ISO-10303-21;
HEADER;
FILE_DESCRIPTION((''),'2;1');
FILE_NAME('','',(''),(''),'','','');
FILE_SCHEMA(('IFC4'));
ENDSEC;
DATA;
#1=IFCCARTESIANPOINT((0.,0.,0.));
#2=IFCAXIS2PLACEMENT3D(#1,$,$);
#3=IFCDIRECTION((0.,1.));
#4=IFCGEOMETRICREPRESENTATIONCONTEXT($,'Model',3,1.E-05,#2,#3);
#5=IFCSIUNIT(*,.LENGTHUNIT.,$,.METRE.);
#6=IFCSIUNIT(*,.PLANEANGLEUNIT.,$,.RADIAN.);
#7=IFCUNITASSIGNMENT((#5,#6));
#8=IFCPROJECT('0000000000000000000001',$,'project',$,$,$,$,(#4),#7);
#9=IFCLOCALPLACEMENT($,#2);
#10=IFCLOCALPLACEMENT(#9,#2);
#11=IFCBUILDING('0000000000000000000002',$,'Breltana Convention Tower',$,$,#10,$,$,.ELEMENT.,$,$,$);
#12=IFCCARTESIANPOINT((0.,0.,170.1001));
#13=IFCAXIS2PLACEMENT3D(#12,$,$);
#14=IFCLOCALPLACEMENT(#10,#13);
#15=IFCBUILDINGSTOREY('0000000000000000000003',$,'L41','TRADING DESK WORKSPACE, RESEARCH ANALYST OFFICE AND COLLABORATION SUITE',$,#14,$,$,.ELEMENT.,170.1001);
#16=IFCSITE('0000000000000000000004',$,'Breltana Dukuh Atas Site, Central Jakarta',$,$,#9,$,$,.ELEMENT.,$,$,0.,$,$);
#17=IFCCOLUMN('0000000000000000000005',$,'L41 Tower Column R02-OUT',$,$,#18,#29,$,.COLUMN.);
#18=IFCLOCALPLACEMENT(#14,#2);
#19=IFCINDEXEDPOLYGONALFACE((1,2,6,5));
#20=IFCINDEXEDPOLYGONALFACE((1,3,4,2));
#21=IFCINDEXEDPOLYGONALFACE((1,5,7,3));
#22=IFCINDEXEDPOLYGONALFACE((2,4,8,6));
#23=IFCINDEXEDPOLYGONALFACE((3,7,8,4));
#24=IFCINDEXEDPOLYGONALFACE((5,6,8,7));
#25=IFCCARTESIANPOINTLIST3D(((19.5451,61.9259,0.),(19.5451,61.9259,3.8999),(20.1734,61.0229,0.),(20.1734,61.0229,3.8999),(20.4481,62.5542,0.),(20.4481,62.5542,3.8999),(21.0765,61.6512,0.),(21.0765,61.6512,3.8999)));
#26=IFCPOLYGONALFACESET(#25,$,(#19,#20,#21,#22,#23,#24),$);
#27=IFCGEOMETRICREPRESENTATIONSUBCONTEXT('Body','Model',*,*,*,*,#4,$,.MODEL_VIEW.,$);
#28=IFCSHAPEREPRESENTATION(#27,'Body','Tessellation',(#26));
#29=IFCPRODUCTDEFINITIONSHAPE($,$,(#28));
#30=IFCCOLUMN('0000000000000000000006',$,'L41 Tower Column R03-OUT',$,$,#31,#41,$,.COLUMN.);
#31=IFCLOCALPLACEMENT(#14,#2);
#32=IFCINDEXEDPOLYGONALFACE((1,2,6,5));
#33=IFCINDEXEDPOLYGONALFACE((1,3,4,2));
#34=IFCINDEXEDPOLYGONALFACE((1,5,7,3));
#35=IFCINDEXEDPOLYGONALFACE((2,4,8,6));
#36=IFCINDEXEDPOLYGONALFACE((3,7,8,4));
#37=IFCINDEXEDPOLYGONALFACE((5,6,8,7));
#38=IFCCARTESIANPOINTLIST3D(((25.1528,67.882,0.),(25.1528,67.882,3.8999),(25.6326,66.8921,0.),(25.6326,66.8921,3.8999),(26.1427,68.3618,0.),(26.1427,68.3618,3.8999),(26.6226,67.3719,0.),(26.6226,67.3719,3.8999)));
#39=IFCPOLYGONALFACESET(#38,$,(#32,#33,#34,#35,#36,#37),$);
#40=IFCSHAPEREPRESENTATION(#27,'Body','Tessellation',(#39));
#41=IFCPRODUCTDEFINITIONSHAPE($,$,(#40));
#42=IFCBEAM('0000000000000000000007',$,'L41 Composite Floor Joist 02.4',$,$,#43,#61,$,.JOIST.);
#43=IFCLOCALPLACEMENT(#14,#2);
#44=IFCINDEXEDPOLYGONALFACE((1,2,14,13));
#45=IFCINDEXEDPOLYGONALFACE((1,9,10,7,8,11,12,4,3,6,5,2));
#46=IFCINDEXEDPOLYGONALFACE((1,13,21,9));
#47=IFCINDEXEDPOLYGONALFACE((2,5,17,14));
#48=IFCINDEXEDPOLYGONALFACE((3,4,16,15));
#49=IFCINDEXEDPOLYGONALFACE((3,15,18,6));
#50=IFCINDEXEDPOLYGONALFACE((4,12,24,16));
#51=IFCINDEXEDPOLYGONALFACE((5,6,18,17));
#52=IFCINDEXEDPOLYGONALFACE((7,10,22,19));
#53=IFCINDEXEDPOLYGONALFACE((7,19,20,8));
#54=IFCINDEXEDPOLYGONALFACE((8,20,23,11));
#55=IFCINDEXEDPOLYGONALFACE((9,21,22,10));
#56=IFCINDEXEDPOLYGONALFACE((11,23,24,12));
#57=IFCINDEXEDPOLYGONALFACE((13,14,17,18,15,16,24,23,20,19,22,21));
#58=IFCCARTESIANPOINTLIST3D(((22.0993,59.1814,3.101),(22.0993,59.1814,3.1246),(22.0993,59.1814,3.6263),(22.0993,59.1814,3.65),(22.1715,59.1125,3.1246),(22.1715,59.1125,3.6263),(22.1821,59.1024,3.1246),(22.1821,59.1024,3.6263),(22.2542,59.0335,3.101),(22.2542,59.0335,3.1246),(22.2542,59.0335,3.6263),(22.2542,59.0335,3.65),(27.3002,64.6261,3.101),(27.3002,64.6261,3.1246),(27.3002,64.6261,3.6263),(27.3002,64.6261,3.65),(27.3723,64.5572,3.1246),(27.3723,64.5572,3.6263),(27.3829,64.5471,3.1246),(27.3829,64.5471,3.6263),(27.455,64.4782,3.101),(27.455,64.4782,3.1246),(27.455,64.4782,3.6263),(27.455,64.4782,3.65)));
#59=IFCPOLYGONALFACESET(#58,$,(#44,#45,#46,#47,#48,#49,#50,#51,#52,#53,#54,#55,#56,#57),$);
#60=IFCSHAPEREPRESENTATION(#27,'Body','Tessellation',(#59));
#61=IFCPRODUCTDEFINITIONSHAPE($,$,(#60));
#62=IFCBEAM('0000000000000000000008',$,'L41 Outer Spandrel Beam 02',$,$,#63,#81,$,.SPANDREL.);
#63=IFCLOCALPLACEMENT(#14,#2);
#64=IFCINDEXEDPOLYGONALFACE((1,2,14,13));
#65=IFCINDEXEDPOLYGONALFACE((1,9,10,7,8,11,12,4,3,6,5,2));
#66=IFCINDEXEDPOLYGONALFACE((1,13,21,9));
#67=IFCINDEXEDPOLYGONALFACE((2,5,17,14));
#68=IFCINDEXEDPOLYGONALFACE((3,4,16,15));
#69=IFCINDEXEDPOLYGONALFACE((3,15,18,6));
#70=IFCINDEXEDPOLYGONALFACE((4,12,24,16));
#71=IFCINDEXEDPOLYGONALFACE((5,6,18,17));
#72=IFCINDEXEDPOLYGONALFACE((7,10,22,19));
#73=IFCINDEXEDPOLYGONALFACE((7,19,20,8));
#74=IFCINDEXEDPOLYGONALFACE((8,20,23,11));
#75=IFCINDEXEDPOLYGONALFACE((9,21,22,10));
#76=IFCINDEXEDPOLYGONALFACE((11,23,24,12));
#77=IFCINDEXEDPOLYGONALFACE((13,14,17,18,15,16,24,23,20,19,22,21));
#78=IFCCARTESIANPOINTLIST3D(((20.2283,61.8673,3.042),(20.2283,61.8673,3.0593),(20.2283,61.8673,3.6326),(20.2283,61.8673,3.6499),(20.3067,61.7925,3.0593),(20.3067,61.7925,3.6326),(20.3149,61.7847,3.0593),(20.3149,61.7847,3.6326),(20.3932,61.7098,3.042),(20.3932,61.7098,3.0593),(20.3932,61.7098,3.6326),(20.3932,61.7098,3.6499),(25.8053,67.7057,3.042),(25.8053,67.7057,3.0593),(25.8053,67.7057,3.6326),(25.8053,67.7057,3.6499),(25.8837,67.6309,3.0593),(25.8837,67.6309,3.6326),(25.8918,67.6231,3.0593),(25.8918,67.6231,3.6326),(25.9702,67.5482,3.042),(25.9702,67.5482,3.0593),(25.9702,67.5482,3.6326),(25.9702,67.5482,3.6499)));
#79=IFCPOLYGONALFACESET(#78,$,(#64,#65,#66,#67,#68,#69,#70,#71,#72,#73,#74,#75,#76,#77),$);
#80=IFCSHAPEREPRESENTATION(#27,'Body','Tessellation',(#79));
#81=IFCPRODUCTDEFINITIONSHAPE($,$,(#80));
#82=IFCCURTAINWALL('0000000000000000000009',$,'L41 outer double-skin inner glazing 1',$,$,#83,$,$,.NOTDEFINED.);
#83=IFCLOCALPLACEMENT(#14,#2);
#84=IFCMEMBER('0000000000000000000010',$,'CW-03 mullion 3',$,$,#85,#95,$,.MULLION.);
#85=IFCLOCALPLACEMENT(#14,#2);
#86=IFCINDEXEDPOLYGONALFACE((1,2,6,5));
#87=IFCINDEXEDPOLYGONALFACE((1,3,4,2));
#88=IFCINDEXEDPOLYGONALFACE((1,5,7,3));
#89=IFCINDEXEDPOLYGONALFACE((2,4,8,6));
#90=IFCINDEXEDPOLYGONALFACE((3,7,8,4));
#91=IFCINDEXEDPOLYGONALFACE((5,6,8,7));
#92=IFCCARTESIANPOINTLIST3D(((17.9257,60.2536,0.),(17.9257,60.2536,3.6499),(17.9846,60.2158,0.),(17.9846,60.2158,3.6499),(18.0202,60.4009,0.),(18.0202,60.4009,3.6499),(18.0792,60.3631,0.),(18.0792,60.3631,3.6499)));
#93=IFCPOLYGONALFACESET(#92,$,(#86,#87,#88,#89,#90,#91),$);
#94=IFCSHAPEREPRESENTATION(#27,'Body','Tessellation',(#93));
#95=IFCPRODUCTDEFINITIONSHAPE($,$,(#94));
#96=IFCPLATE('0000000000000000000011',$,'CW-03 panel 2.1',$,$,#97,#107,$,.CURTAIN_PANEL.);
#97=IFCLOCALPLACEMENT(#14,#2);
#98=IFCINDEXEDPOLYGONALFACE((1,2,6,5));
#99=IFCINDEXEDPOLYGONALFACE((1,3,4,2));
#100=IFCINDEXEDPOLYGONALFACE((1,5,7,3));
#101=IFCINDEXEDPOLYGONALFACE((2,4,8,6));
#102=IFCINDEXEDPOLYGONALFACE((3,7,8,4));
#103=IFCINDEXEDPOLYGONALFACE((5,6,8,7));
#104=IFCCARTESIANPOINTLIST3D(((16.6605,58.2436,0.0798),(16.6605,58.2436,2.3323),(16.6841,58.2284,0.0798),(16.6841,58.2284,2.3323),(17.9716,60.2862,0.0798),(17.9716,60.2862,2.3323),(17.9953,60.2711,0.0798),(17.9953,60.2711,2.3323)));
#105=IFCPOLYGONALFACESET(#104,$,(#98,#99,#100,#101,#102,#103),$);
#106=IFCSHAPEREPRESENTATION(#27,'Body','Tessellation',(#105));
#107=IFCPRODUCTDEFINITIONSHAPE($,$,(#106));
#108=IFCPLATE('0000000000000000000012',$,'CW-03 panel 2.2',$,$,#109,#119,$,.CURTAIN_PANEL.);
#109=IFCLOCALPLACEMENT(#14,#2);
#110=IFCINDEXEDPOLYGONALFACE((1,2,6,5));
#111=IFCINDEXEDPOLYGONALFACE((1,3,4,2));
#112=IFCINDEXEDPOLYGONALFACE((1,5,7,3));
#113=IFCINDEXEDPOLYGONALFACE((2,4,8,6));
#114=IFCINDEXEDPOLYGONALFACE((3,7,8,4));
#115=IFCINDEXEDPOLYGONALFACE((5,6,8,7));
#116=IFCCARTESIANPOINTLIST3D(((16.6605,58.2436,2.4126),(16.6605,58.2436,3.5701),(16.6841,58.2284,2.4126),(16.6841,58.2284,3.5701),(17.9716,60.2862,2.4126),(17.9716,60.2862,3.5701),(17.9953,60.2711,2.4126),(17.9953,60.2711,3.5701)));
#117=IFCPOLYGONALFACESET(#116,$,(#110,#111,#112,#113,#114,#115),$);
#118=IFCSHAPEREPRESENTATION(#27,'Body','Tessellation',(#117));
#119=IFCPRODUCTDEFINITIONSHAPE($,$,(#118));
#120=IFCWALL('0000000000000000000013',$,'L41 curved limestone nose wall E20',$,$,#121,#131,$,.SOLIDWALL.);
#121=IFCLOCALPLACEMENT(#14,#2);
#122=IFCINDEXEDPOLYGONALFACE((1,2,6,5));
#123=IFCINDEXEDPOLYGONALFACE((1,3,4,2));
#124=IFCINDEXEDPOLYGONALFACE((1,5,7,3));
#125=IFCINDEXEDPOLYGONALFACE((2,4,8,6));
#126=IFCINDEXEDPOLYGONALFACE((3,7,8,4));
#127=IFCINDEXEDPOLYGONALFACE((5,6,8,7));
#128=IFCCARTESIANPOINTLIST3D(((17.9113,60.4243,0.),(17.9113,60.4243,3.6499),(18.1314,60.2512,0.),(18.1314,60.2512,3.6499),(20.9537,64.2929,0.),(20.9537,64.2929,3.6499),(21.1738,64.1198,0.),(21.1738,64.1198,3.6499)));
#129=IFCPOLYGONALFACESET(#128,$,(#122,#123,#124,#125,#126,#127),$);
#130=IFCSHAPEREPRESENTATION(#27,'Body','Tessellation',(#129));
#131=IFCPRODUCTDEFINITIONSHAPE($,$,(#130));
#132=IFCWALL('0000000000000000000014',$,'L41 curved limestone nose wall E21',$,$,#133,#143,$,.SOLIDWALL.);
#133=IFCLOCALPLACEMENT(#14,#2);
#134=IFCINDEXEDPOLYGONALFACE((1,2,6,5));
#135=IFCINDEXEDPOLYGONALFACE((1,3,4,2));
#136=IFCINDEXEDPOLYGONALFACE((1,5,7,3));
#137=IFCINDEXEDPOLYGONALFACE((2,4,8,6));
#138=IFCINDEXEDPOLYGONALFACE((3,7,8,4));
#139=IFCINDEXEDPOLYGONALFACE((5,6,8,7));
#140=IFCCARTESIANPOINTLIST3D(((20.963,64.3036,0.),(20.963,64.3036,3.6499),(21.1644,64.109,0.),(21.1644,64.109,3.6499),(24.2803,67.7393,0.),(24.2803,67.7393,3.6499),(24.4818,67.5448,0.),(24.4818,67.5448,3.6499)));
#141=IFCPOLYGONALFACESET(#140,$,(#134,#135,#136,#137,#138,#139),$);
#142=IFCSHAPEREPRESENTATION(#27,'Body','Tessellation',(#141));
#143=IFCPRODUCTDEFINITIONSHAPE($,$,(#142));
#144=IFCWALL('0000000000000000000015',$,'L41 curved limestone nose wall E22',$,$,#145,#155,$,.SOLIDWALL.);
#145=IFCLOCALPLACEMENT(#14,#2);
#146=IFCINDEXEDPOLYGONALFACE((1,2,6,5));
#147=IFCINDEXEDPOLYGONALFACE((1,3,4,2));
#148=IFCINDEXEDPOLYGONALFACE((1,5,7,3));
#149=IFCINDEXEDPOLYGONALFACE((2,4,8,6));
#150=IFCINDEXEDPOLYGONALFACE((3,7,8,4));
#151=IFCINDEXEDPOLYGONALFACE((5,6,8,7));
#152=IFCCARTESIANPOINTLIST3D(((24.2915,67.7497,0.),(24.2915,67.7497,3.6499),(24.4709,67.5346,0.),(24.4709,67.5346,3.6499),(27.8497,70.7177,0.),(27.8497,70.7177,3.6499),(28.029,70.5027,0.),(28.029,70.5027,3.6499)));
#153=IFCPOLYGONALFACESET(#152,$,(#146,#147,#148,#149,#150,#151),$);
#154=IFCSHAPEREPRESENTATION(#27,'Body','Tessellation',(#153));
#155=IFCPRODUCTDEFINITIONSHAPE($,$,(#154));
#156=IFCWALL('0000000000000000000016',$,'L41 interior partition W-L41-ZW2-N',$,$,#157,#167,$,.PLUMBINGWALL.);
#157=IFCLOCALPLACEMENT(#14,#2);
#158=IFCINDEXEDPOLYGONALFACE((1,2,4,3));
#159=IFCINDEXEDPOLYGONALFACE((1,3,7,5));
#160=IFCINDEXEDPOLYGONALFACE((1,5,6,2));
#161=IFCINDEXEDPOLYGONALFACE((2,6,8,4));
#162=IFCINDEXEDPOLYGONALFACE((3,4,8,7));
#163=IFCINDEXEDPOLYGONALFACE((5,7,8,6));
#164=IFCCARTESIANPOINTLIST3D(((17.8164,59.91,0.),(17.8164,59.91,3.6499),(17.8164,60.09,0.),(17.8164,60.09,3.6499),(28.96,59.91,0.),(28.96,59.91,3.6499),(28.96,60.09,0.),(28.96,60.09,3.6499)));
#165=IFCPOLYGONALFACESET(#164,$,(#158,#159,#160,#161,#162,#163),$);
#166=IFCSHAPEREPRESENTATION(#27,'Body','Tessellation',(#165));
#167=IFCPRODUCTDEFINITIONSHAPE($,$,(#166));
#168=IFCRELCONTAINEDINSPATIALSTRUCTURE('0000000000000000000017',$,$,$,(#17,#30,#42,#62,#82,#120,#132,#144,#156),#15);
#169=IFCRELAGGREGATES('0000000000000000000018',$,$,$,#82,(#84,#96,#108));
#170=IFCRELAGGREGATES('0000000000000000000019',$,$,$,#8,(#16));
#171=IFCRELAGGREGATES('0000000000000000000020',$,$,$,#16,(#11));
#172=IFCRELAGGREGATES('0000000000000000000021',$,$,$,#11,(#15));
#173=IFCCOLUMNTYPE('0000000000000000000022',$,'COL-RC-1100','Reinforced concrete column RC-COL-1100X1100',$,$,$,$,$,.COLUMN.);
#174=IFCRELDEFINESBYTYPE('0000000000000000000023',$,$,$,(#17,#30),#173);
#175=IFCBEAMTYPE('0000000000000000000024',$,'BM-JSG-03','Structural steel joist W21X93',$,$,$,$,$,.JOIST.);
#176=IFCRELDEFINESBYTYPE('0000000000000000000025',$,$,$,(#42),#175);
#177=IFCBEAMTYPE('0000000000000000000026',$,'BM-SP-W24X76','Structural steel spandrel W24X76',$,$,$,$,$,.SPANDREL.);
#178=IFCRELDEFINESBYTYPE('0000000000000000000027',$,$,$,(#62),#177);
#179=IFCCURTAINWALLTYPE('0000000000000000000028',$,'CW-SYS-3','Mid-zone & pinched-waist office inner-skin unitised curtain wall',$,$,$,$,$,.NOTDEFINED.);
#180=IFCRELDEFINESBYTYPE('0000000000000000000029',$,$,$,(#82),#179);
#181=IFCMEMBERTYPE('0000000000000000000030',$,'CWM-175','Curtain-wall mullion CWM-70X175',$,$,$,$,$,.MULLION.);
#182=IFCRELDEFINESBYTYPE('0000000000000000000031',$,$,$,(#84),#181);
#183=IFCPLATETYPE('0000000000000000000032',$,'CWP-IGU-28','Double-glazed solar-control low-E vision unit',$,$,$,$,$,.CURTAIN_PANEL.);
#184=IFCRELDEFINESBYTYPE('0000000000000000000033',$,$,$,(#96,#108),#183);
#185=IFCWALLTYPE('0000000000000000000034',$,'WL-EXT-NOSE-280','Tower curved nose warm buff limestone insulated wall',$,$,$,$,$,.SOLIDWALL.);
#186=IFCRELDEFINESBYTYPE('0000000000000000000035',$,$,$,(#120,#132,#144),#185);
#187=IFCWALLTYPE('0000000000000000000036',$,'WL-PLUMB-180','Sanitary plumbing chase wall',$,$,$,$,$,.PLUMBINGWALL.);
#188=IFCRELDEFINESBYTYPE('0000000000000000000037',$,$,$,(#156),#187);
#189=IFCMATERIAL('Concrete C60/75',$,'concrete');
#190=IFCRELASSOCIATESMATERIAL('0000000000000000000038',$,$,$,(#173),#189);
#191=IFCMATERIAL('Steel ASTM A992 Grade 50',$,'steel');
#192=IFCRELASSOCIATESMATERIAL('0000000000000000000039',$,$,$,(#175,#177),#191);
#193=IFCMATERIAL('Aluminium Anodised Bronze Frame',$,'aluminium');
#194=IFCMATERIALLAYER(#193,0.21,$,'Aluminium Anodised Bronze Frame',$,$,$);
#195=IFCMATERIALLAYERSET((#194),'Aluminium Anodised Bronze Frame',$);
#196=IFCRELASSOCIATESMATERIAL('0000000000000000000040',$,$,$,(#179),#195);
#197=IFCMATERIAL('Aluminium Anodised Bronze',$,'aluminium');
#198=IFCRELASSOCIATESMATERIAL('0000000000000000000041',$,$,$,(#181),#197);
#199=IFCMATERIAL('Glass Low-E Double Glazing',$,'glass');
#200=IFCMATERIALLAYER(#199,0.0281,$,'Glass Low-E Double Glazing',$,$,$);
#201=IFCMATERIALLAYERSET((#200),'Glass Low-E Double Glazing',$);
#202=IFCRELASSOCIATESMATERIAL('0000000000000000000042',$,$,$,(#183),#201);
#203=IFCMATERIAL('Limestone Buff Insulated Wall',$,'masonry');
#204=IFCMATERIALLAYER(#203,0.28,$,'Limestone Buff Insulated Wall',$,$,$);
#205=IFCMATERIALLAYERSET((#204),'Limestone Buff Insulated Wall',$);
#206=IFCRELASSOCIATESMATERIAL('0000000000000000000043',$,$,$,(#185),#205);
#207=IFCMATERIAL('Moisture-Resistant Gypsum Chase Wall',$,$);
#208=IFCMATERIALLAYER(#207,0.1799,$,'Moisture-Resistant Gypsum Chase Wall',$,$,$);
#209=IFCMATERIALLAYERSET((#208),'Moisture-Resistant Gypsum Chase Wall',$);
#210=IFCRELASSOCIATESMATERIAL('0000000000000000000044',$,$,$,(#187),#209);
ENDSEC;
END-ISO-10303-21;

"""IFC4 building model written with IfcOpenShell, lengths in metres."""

from ifc_helpers import new_model, si_unit, direction, frame, frame_2d, origin, origin_2d, place, context, subcontext, project, spatial, rectangle, i_section, extrude, source, transform, mapped, material, layer, layer_set, material_profile, profile_set, type_object, element, aggregate, save


model = new_model("IFC4")

# Units and contexts
model_context = context("Model", 3, precision=1e-05, world=origin(), true_north=direction((0.0, 1.0)))
body_context = subcontext(model_context, "Body", "Model", "MODEL_VIEW")
ifc_project = project(units=[si_unit("LENGTHUNIT", "METRE"), si_unit("PLANEANGLEUNIT", "RADIAN")], contexts=[model_context])

# Site, building, storey
site_placement = place(None, origin())
site = spatial("IfcSite", under=ifc_project, at=site_placement, Name="Breltana Dukuh Atas Site, Central Jakarta", CompositionType="ELEMENT", RefElevation=0.0)
building_placement = place(site_placement, origin())
building = spatial("IfcBuilding", under=site, at=building_placement, Name="Breltana Convention Tower", CompositionType="ELEMENT")
storey_placement = place(building_placement, frame((0.0, 0.0, 170.1001)))
storey = spatial("IfcBuildingStorey", under=building, at=storey_placement, Name="L41", Description="TRADING DESK WORKSPACE, RESEARCH ANALYST OFFICE AND COLLABORATION SUITE", CompositionType="ELEMENT", Elevation=170.1001)

# Columns
ifc_material_1 = material(Name="Concrete C60/75", Category="concrete")
ifc_material_profile_1 = material_profile(ifc_material_1, rectangle(XDim=1.1001, YDim=1.1001, at=origin_2d()), Name="RC-COL-1100X1100")
ifc_profile_set_1 = profile_set([ifc_material_profile_1], Name="Concrete C60/75")
column_type = type_object("IfcColumnType", Name="COL-RC-1100", Description="Reinforced concrete column RC-COL-1100X1100", PredefinedType="COLUMN", material=ifc_profile_set_1)
shared_shape_1 = source(origin(), body_context, "Body", "SweptSolid", [
    extrude(rectangle(XDim=1.1001, YDim=1.1001, at=origin_2d()), origin(), (0.0, 0.0, 1.0), 3.8999),
])
for number, where, z_axis, x_axis, name in (
    (1, (20.3108, 61.7886, 0.0), (0.0, 0.0, 1.0), (-0.571143, 0.82085, 0.0), "L41 Tower Column R02-OUT"),
    (2, (25.8877, 67.627, 0.0), (0.0, 0.0, 1.0), (-0.436174, 0.899863, 0.0), "L41 Tower Column R03-OUT"),
):
    element("IfcColumn", number, at=place(storey_placement, frame(where, z_axis=z_axis, x_axis=x_axis)), inside=storey, type_object=column_type, Name=name, PredefinedType="COLUMN", context=body_context, shape_type="MappedRepresentation", body=[
        mapped(shared_shape_1, transform((0.0, 0.0, 0.0), scale=1.0)),
    ])

# Beams
ifc_material_2 = material(Name="Steel ASTM A992 Grade 50", Category="steel")
ifc_material_profile_2 = material_profile(ifc_material_2, i_section(OverallWidth=0.2141, OverallDepth=0.5491, WebThickness=0.0146, FlangeThickness=0.0237, at=origin_2d()), Name="W21X93")
ifc_profile_set_2 = profile_set([ifc_material_profile_2], Name="Steel ASTM A992 Grade 50")
beam_type_1 = type_object("IfcBeamType", Name="BM-JSG-03", Description="Structural steel joist W21X93", PredefinedType="JOIST", material=ifc_profile_set_2)
shared_shape_2 = source(origin(), body_context, "Body", "SweptSolid", [
    extrude(i_section(OverallWidth=0.2141, OverallDepth=0.5491, WebThickness=0.0146, FlangeThickness=0.0237, at=origin_2d()), origin(), (0.0, 0.0, 1.0), 7.5295),
])
beam_1_placement = place(storey_placement, frame((22.1768, 59.1074, 3.3755), z_axis=(0.690726, 0.723117, 0.0), x_axis=(-0.723117, 0.690726, 0.0)))
element("IfcBeam", 3, at=beam_1_placement, inside=storey, type_object=beam_type_1, Name="L41 Composite Floor Joist 02.4", PredefinedType="JOIST", context=body_context, shape_type="MappedRepresentation", body=[
    mapped(shared_shape_2, transform((0.0, 0.0, 0.0), scale=1.0)),
])
ifc_material_profile_3 = material_profile(ifc_material_2, i_section(OverallWidth=0.228, OverallDepth=0.6079, WebThickness=0.0112, FlangeThickness=0.0173, at=origin_2d()), Name="W24X76")
ifc_profile_set_3 = profile_set([ifc_material_profile_3], Name="Steel ASTM A992 Grade 50")
beam_type_2 = type_object("IfcBeamType", Name="BM-SP-W24X76", Description="Structural steel spandrel W24X76", PredefinedType="SPANDREL", material=ifc_profile_set_3)
shared_shape_3 = source(origin(), body_context, "Body", "SweptSolid", [
    extrude(i_section(OverallWidth=0.228, OverallDepth=0.6079, WebThickness=0.0112, FlangeThickness=0.0173, at=origin_2d()), origin(), (0.0, 0.0, 1.0), 8.074),
])
beam_2_placement = place(storey_placement, frame((20.3108, 61.7886, 3.3459), z_axis=(0.690729, 0.723114, 0.0), x_axis=(-0.723114, 0.690729, 0.0)))
element("IfcBeam", 4, at=beam_2_placement, inside=storey, type_object=beam_type_2, Name="L41 Outer Spandrel Beam 02", PredefinedType="SPANDREL", context=body_context, shape_type="MappedRepresentation", body=[
    mapped(shared_shape_3, transform((0.0, 0.0, 0.0), scale=1.0)),
])

# Curtain wall, member, plates
ifc_material_3 = material(Name="Aluminium Anodised Bronze Frame", Category="aluminium")
ifc_layer_1 = layer(ifc_material_3, 0.21, Name="Aluminium Anodised Bronze Frame")
ifc_layer_set_1 = layer_set([ifc_layer_1], Name="Aluminium Anodised Bronze Frame")
curtain_wall_type = type_object("IfcCurtainWallType", Name="CW-SYS-3", Description="Mid-zone & pinched-waist office inner-skin unitised curtain wall", PredefinedType="NOTDEFINED", material=ifc_layer_set_1)
curtain_wall_placement = place(storey_placement, origin())
curtain_wall = element("IfcCurtainWall", 5, at=curtain_wall_placement, inside=storey, type_object=curtain_wall_type, Name="L41 outer double-skin inner glazing 1", PredefinedType="NOTDEFINED")
ifc_material_4 = material(Name="Aluminium Anodised Bronze", Category="aluminium")
ifc_material_profile_4 = material_profile(ifc_material_4, rectangle(XDim=0.0701, YDim=0.175, at=origin_2d()), Name="CWM-70X175")
ifc_profile_set_4 = profile_set([ifc_material_profile_4], Name="Aluminium Anodised Bronze")
member_type = type_object("IfcMemberType", Name="CWM-175", Description="Curtain-wall mullion CWM-70X175", PredefinedType="MULLION", material=ifc_profile_set_4)
shared_shape_4 = source(origin(), body_context, "Body", "SweptSolid", [
    extrude(rectangle(XDim=0.0701, YDim=0.175, at=origin_2d()), origin(), (0.0, 0.0, 1.0), 3.6499),
])
member_placement = place(storey_placement, frame((18.0024, 60.3083, 0.0), z_axis=(0.0, 0.0, 1.0), x_axis=(-0.841554, 0.540173, 0.0)))
member = element("IfcMember", 6, at=member_placement, type_object=member_type, Name="CW-03 mullion 3", PredefinedType="MULLION", context=body_context, shape_type="MappedRepresentation", body=[
    mapped(shared_shape_4, transform((0.0, 0.0, 0.0), scale=1.0)),
])
ifc_material_5 = material(Name="Glass Low-E Double Glazing", Category="glass")
ifc_layer_2 = layer(ifc_material_5, 0.0281, Name="Glass Low-E Double Glazing")
ifc_layer_set_2 = layer_set([ifc_layer_2], Name="Glass Low-E Double Glazing")
plate_type = type_object("IfcPlateType", Name="CWP-IGU-28", Description="Double-glazed solar-control low-E vision unit", PredefinedType="CURTAIN_PANEL", material=ifc_layer_set_2)
shared_shape_5 = source(origin(), body_context, "Body", "SweptSolid", [
    extrude(rectangle(XDim=2.4272, YDim=0.0281, at=origin_2d()), origin(), (0.0, 0.0, 1.0), 2.2524),
])
plate_1_placement = place(storey_placement, frame((17.3279, 59.2573, 0.0798), z_axis=(0.0, 0.0, 1.0), x_axis=(0.540173, 0.841554, 0.0)))
plate_1 = element("IfcPlate", 7, at=plate_1_placement, type_object=plate_type, Name="CW-03 panel 2.1", PredefinedType="CURTAIN_PANEL", context=body_context, shape_type="MappedRepresentation", body=[
    mapped(shared_shape_5, transform((0.0, 0.0, 0.0), scale=1.0)),
])
shared_shape_6 = source(origin(), body_context, "Body", "SweptSolid", [
    extrude(rectangle(XDim=2.4272, YDim=0.0281, at=origin_2d()), origin(), (0.0, 0.0, 1.0), 1.1575),
])
plate_2_placement = place(storey_placement, frame((17.3279, 59.2573, 2.4126), z_axis=(0.0, 0.0, 1.0), x_axis=(0.540173, 0.841554, 0.0)))
plate_2 = element("IfcPlate", 8, at=plate_2_placement, type_object=plate_type, Name="CW-03 panel 2.2", PredefinedType="CURTAIN_PANEL", context=body_context, shape_type="MappedRepresentation", body=[
    mapped(shared_shape_6, transform((0.0, 0.0, 0.0), scale=1.0)),
])
aggregate(curtain_wall, [member, plate_1, plate_2])

# Walls
ifc_material_6 = material(Name="Limestone Buff Insulated Wall", Category="masonry")
ifc_layer_3 = layer(ifc_material_6, 0.28, Name="Limestone Buff Insulated Wall")
ifc_layer_set_3 = layer_set([ifc_layer_3], Name="Limestone Buff Insulated Wall")
wall_type_1 = type_object("IfcWallType", Name="WL-EXT-NOSE-280", Description="Tower curved nose warm buff limestone insulated wall", PredefinedType="SOLIDWALL", material=ifc_layer_set_3)
shared_shape_7 = source(origin(), body_context, "Body", "SweptSolid", [
    extrude(rectangle(XDim=4.9216, YDim=0.28, at=frame_2d((2.4609, 0.0))), origin(), (0.0, 0.0, 1.0), 3.6499),
])
wall_1_placement = place(storey_placement, frame((18.0212, 60.3376, 0.0), z_axis=(0.0, 0.0, 1.0), x_axis=(0.618176, 0.786039, 0.0)))
element("IfcWall", 9, at=wall_1_placement, inside=storey, type_object=wall_type_1, Name="L41 curved limestone nose wall E20", PredefinedType="SOLIDWALL", context=body_context, shape_type="MappedRepresentation", body=[
    mapped(shared_shape_7, transform((0.0, 0.0, 0.0), scale=1.0)),
])
shared_shape_8 = source(origin(), body_context, "Body", "SweptSolid", [
    extrude(rectangle(XDim=4.7759, YDim=0.28, at=frame_2d((2.3879, 0.0))), origin(), (0.0, 0.0, 1.0), 3.6499),
])
wall_2_placement = place(storey_placement, frame((21.0637, 64.2063, 0.0), z_axis=(0.0, 0.0, 1.0), x_axis=(0.694602, 0.719394, 0.0)))
element("IfcWall", 10, at=wall_2_placement, inside=storey, type_object=wall_type_1, Name="L41 curved limestone nose wall E21", PredefinedType="SOLIDWALL", context=body_context, shape_type="MappedRepresentation", body=[
    mapped(shared_shape_8, transform((0.0, 0.0, 0.0), scale=1.0)),
])
shared_shape_9 = source(origin(), body_context, "Body", "SweptSolid", [
    extrude(rectangle(XDim=4.6335, YDim=0.28, at=frame_2d((2.3169, 0.0))), origin(), (0.0, 0.0, 1.0), 3.6499),
])
wall_3_placement = place(storey_placement, frame((24.3811, 67.6421, 0.0), z_axis=(0.0, 0.0, 1.0), x_axis=(0.76791, 0.640557, 0.0)))
element("IfcWall", 11, at=wall_3_placement, inside=storey, type_object=wall_type_1, Name="L41 curved limestone nose wall E22", PredefinedType="SOLIDWALL", context=body_context, shape_type="MappedRepresentation", body=[
    mapped(shared_shape_9, transform((0.0, 0.0, 0.0), scale=1.0)),
])
ifc_material_7 = material(Name="Moisture-Resistant Gypsum Chase Wall")
ifc_layer_4 = layer(ifc_material_7, 0.1799, Name="Moisture-Resistant Gypsum Chase Wall")
ifc_layer_set_4 = layer_set([ifc_layer_4], Name="Moisture-Resistant Gypsum Chase Wall")
wall_type_2 = type_object("IfcWallType", Name="WL-PLUMB-180", Description="Sanitary plumbing chase wall", PredefinedType="PLUMBINGWALL", material=ifc_layer_set_4)
shared_shape_10 = source(origin(), body_context, "Body", "SweptSolid", [
    extrude(rectangle(XDim=11.1436, YDim=0.1799, at=frame_2d((5.5718, 0.0))), origin(), (0.0, 0.0, 1.0), 3.6499),
])
wall_4_placement = place(storey_placement, frame((17.8164, 60.0, 0.0), z_axis=(0.0, 0.0, 1.0), x_axis=(1.0, 0.0, 0.0)))
element("IfcWall", 12, at=wall_4_placement, inside=storey, type_object=wall_type_2, Name="L41 interior partition W-L41-ZW2-N", PredefinedType="PLUMBINGWALL", context=body_context, shape_type="MappedRepresentation", body=[
    mapped(shared_shape_10, transform((0.0, 0.0, 0.0), scale=1.0)),
])

save(model, "model.ifc")
